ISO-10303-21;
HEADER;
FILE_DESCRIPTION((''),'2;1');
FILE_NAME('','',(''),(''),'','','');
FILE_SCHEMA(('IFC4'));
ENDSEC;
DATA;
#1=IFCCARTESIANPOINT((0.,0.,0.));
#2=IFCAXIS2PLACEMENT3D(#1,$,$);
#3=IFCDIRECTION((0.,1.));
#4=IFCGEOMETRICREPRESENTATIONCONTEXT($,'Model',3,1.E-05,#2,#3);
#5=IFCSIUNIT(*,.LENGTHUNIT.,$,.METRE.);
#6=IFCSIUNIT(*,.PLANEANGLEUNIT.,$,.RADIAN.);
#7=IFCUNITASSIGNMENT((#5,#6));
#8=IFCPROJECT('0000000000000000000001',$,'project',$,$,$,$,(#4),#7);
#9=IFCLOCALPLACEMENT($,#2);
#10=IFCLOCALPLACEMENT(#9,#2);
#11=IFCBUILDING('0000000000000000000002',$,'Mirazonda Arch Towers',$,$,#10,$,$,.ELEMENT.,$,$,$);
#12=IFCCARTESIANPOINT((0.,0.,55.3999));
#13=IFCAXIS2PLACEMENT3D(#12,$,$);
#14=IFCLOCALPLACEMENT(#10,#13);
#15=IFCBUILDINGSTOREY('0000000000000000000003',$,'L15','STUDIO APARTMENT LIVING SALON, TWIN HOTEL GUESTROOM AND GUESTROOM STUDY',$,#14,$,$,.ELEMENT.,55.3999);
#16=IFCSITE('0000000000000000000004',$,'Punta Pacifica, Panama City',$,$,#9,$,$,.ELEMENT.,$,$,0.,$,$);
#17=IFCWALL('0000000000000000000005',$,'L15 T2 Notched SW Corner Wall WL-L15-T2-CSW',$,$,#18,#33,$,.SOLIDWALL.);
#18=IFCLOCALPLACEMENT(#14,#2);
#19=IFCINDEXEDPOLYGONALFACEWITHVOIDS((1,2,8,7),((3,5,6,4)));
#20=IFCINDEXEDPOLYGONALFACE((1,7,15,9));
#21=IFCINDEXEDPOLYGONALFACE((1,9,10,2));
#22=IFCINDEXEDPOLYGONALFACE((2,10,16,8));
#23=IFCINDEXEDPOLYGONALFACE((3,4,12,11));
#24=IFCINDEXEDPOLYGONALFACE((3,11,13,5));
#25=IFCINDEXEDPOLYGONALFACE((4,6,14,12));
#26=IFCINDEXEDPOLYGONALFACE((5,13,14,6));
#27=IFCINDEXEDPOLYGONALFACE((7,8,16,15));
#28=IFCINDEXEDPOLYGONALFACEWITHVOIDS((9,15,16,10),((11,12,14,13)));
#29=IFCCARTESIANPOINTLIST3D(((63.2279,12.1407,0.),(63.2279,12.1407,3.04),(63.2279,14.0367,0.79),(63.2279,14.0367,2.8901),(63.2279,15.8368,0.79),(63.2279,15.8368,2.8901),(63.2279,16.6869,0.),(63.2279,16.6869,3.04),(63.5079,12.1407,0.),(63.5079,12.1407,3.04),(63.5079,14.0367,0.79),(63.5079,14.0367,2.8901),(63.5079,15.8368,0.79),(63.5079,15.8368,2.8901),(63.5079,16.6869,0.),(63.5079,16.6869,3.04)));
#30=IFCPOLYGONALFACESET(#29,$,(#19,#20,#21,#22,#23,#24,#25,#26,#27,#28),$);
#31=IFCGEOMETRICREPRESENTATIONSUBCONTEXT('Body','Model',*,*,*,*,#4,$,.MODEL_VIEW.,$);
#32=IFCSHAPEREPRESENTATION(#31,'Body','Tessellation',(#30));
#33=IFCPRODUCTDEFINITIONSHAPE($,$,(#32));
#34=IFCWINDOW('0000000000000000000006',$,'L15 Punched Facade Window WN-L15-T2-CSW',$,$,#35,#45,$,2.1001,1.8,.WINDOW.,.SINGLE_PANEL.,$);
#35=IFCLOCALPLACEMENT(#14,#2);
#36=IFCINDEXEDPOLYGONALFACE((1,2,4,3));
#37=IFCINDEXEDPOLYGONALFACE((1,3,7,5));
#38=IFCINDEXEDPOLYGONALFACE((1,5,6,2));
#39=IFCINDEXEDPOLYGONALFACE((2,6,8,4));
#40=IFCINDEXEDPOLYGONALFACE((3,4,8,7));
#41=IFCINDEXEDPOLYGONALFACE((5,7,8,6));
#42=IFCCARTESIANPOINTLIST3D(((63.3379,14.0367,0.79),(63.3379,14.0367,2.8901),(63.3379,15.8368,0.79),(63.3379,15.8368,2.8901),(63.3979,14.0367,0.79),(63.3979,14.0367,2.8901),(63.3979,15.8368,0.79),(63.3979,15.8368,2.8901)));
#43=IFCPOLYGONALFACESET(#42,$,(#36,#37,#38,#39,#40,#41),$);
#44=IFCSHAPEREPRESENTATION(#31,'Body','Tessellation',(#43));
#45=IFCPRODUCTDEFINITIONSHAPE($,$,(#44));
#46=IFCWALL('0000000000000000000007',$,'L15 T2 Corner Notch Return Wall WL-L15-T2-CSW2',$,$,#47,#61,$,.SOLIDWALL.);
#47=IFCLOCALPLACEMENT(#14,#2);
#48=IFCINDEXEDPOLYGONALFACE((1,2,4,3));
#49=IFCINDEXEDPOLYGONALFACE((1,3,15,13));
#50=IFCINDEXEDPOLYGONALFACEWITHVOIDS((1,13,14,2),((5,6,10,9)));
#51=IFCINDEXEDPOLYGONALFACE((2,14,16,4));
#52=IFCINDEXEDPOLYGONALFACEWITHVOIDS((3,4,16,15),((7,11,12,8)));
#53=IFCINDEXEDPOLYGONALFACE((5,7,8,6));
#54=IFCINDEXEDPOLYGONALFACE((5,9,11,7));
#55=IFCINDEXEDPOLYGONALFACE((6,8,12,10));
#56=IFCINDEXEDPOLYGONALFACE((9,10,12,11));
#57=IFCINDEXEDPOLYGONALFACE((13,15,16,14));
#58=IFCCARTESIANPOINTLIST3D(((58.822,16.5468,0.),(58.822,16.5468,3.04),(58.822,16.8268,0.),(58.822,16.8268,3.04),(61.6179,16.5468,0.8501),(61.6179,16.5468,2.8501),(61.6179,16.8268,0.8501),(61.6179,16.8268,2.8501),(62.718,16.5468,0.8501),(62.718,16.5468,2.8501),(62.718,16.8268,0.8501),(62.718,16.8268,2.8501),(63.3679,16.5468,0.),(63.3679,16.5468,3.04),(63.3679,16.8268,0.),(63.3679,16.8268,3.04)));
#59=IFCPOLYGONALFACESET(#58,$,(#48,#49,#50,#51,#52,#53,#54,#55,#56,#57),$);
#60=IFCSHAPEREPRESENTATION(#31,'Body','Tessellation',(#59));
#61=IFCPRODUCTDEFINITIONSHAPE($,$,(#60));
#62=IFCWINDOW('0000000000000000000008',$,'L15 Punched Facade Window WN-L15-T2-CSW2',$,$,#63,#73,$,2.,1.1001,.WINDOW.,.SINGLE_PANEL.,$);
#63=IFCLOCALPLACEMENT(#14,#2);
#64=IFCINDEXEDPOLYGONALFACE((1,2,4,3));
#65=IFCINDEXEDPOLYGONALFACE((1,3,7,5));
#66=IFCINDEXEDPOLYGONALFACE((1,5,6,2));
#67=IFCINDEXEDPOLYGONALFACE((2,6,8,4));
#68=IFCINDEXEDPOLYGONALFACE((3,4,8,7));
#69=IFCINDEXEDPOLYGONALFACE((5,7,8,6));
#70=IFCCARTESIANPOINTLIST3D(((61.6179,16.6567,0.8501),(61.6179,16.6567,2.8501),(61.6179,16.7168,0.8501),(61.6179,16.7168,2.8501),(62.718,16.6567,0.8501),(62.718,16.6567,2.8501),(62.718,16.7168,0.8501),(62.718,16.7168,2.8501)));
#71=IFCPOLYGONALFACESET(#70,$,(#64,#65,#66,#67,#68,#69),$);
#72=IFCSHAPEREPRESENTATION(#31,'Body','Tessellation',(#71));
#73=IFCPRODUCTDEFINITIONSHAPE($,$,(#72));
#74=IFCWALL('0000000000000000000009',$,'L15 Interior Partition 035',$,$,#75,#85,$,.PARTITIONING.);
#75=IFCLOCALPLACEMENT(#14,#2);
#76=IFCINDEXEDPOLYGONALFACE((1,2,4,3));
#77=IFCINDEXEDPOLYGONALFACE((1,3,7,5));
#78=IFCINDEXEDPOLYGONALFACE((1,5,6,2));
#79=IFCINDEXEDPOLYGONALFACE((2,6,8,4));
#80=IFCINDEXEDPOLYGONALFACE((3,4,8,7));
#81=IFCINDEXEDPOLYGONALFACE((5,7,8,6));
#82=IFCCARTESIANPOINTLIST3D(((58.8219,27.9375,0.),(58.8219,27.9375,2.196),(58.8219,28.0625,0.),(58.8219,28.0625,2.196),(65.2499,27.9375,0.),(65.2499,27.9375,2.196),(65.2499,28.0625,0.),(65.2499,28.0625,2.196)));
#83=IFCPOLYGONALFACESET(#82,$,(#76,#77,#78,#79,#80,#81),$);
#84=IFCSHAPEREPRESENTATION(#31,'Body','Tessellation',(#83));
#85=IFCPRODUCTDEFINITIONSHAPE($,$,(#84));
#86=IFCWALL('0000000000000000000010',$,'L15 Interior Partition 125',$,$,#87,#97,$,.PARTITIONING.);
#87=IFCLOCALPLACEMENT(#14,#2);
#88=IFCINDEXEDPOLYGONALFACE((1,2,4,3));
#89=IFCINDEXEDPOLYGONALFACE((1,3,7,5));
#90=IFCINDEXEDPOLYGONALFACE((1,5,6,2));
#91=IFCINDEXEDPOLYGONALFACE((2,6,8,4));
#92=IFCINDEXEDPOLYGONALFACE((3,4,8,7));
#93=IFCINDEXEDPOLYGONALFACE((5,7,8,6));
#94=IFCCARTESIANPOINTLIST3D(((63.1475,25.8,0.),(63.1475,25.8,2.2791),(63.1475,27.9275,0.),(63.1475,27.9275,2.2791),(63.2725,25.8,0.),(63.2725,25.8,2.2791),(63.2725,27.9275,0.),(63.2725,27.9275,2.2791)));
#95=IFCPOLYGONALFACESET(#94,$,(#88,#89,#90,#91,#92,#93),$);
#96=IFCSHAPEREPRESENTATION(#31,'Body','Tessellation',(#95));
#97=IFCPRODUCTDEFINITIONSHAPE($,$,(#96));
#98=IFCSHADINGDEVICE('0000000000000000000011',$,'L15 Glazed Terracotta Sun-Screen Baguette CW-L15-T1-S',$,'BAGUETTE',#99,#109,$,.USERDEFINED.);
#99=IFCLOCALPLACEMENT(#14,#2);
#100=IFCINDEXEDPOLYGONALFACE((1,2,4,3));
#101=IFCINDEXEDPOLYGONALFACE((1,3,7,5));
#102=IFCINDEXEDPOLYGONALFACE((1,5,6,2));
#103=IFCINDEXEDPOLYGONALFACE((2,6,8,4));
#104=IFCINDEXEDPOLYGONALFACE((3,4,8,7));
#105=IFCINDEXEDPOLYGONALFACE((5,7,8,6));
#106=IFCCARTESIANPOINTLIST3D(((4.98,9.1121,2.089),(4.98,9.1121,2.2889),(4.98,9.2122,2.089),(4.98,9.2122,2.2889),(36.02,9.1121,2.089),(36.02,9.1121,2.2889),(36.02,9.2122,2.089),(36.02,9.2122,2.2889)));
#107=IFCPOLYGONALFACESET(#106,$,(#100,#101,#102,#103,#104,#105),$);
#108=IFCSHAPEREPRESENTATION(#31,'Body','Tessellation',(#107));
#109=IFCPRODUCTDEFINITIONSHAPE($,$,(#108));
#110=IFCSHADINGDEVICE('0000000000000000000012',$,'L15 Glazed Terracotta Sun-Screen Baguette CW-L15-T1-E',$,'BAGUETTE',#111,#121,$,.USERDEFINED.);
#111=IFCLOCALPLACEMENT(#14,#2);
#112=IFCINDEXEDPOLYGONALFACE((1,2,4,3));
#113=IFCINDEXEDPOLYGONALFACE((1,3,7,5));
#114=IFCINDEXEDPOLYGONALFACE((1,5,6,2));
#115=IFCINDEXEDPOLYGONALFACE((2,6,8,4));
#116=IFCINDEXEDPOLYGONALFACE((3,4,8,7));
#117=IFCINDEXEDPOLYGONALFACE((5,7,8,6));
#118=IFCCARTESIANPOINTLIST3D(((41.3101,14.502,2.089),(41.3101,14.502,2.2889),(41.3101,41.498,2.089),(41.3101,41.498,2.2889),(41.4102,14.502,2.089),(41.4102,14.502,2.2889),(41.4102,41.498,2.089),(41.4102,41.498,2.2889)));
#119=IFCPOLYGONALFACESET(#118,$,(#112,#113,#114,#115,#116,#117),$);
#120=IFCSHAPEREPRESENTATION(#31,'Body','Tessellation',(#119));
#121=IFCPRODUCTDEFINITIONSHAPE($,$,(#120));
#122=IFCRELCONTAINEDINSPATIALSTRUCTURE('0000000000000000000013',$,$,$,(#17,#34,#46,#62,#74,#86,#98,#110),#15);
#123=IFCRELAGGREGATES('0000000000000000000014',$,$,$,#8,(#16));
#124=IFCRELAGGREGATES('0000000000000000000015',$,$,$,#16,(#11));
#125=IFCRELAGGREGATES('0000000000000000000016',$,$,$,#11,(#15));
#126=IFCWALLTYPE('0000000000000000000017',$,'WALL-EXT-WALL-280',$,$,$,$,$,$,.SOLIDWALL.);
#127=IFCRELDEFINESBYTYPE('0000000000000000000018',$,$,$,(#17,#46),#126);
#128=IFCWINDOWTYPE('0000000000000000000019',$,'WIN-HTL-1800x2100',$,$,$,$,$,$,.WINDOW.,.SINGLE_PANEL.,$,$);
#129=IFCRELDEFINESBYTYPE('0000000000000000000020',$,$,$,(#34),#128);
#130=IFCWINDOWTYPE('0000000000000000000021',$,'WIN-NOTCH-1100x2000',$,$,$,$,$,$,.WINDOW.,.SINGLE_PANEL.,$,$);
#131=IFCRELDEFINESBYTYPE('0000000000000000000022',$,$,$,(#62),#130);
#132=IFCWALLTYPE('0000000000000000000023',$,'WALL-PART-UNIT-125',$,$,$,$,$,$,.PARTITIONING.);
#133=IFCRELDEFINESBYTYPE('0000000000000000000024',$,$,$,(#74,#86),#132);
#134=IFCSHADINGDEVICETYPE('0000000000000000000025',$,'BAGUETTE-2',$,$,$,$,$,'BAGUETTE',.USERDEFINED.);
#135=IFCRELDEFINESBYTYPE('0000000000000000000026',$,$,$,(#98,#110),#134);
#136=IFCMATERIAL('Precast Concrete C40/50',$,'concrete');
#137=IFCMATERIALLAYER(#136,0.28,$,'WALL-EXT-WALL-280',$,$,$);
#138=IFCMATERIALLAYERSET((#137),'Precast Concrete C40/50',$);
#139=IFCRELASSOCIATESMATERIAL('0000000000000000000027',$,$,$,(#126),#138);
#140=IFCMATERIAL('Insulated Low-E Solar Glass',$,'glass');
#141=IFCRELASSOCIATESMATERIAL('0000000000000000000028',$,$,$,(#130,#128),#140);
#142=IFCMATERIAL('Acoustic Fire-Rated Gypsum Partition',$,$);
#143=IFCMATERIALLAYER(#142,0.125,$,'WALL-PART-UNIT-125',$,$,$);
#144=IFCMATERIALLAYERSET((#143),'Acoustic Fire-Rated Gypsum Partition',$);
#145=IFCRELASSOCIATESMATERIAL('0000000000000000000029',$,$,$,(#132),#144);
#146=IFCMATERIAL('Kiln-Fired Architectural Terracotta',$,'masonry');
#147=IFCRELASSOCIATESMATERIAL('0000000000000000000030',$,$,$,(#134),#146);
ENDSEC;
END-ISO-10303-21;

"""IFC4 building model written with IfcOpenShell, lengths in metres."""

from ifc_helpers import new_model, si_unit, direction, frame, frame_2d, origin, origin_2d, place, context, subcontext, project, spatial, rectangle, extrude, material, layer, layer_set, material_profile, profile_set, type_object, element, fill, save


model = new_model("IFC4")

# Units and contexts
model_context = context("Model", 3, precision=1e-05, world=origin(), true_north=direction((0.0, 1.0)))
body_context = subcontext(model_context, "Body", "Model", "MODEL_VIEW")
ifc_project = project(units=[si_unit("LENGTHUNIT", "METRE"), si_unit("PLANEANGLEUNIT", "RADIAN")], contexts=[model_context])

# Site, building, storey
site_placement = place(None, origin())
site = spatial("IfcSite", under=ifc_project, at=site_placement, Name="Punta Pacifica, Panama City", CompositionType="ELEMENT", RefElevation=0.0)
building_placement = place(site_placement, origin())
building = spatial("IfcBuilding", under=site, at=building_placement, Name="Mirazonda Arch Towers", CompositionType="ELEMENT")
storey_placement = place(building_placement, frame((0.0, 0.0, 55.3999)))
storey = spatial("IfcBuildingStorey", under=building, at=storey_placement, Name="L15", Description="STUDIO APARTMENT LIVING SALON, TWIN HOTEL GUESTROOM AND GUESTROOM STUDY", CompositionType="ELEMENT", Elevation=55.3999)

# Shared definitions
ifc_material_1 = material(Name="Insulated Low-E Solar Glass", Category="glass")

# Shared definitions
ifc_material_2 = material(Name="Precast Concrete C40/50", Category="concrete")
ifc_layer_1 = layer(ifc_material_2, 0.28, Name="WALL-EXT-WALL-280")
ifc_layer_set_1 = layer_set([ifc_layer_1], Name="Precast Concrete C40/50")
wall_type_1 = type_object("IfcWallType", Name="WALL-EXT-WALL-280", PredefinedType="SOLIDWALL", material=ifc_layer_set_1)
window_type_1 = type_object("IfcWindowType", Name="WIN-NOTCH-1100x2000", PartitioningType="SINGLE_PANEL", PredefinedType="WINDOW", material=ifc_material_1)

# Walls, openings, windows
wall_1_placement = place(storey_placement, frame((63.3679, 16.6868, 0.0), z_axis=(0.0, 0.0, 1.0), x_axis=(0.0, -1.0, 0.0)))
wall_1 = element("IfcWall", 1, at=wall_1_placement, inside=storey, type_object=wall_type_1, Name="L15 T2 Notched SW Corner Wall WL-L15-T2-CSW", PredefinedType="SOLIDWALL", context=body_context, shape_type="SweptSolid", body=[
    extrude(rectangle(XDim=4.5461, YDim=0.28, at=frame_2d((2.2729, 0.0))), origin(), (0.0, 0.0, 1.0), 3.04),
])
opening_1_placement = place(wall_1_placement, frame((0.8501, 0.0, 0.79)))
opening_1 = element("IfcOpeningElement", 2, at=opening_1_placement, cuts=wall_1, PredefinedType="OPENING", context=body_context, shape_type="SweptSolid", body=[
    extrude(rectangle(XDim=1.8, YDim=2.1001, at=frame_2d((0.8999, 1.05))), frame((0.0, 0.1499, 0.0), z_axis=(0.0, -1.0, 0.0), x_axis=(1.0, 0.0, 0.0)), (0.0, 0.0, 1.0), 0.3),
])
window_type_2 = type_object("IfcWindowType", Name="WIN-HTL-1800x2100", PartitioningType="SINGLE_PANEL", PredefinedType="WINDOW", material=ifc_material_1)
window_1_placement = place(opening_1_placement, origin())
window_1 = element("IfcWindow", 3, at=window_1_placement, inside=storey, type_object=window_type_2, Name="L15 Punched Facade Window WN-L15-T2-CSW", OverallHeight=2.1001, OverallWidth=1.8, PartitioningType="SINGLE_PANEL", PredefinedType="WINDOW", context=body_context, shape_type="SweptSolid", body=[
    extrude(rectangle(XDim=1.8, YDim=2.1001, at=frame_2d((0.8999, 1.05))), frame((0.0, 0.03, 0.0), z_axis=(0.0, -1.0, 0.0), x_axis=(1.0, 0.0, 0.0)), (0.0, 0.0, 1.0), 0.0601),
])
fill(opening_1, window_1)
wall_2_placement = place(storey_placement, frame((58.822, 16.6868, 0.0), z_axis=(0.0, 0.0, 1.0), x_axis=(1.0, 0.0, 0.0)))
wall_2 = element("IfcWall", 4, at=wall_2_placement, inside=storey, type_object=wall_type_1, Name="L15 T2 Corner Notch Return Wall WL-L15-T2-CSW2", PredefinedType="SOLIDWALL", context=body_context, shape_type="SweptSolid", body=[
    extrude(rectangle(XDim=4.5459, YDim=0.28, at=frame_2d((2.2729, 0.0))), origin(), (0.0, 0.0, 1.0), 3.04),
])
opening_2_placement = place(wall_2_placement, frame((2.7959, 0.0, 0.8501)))
opening_2 = element("IfcOpeningElement", 5, at=opening_2_placement, cuts=wall_2, PredefinedType="OPENING", context=body_context, shape_type="SweptSolid", body=[
    extrude(rectangle(XDim=1.1001, YDim=2.0, at=frame_2d((0.55, 1.0))), frame((0.0, 0.1499, 0.0), z_axis=(0.0, -1.0, 0.0), x_axis=(1.0, 0.0, 0.0)), (0.0, 0.0, 1.0), 0.3),
])
window_2_placement = place(opening_2_placement, origin())
window_2 = element("IfcWindow", 6, at=window_2_placement, inside=storey, type_object=window_type_1, Name="L15 Punched Facade Window WN-L15-T2-CSW2", OverallHeight=2.0, OverallWidth=1.1001, PartitioningType="SINGLE_PANEL", PredefinedType="WINDOW", context=body_context, shape_type="SweptSolid", body=[
    extrude(rectangle(XDim=1.1001, YDim=2.0, at=frame_2d((0.55, 1.0))), frame((0.0, 0.03, 0.0), z_axis=(0.0, -1.0, 0.0), x_axis=(1.0, 0.0, 0.0)), (0.0, 0.0, 1.0), 0.0601),
])
fill(opening_2, window_2)

# Walls
ifc_material_3 = material(Name="Acoustic Fire-Rated Gypsum Partition")
ifc_layer_2 = layer(ifc_material_3, 0.125, Name="WALL-PART-UNIT-125")
ifc_layer_set_2 = layer_set([ifc_layer_2], Name="Acoustic Fire-Rated Gypsum Partition")
wall_type_2 = type_object("IfcWallType", Name="WALL-PART-UNIT-125", PredefinedType="PARTITIONING", material=ifc_layer_set_2)
wall_3_placement = place(storey_placement, frame((58.822, 28.0, 0.0), z_axis=(0.0, 0.0, 1.0), x_axis=(1.0, 0.0, 0.0)))
element("IfcWall", 7, at=wall_3_placement, inside=storey, type_object=wall_type_2, Name="L15 Interior Partition 035", PredefinedType="PARTITIONING", context=body_context, shape_type="SweptSolid", body=[
    extrude(rectangle(XDim=6.428, YDim=0.125, at=frame_2d((3.2139, 0.0))), origin(), (0.0, 0.0, 1.0), 2.196),
])
wall_4_placement = place(storey_placement, frame((63.21, 25.8, 0.0), z_axis=(0.0, 0.0, 1.0), x_axis=(0.0, 1.0, 0.0)))
element("IfcWall", 8, at=wall_4_placement, inside=storey, type_object=wall_type_2, Name="L15 Interior Partition 125", PredefinedType="PARTITIONING", context=body_context, shape_type="SweptSolid", body=[
    extrude(rectangle(XDim=2.1274, YDim=0.125, at=frame_2d((1.0637, 0.0))), origin(), (0.0, 0.0, 1.0), 2.2791),
])

# Shading devices
ifc_material_4 = material(Name="Kiln-Fired Architectural Terracotta", Category="masonry")
ifc_material_profile_1 = material_profile(ifc_material_4, rectangle(XDim=0.1001, YDim=0.2, at=origin_2d()), Name="TERRA-BAG-100x200")
ifc_profile_set_1 = profile_set([ifc_material_profile_1], Name="Kiln-Fired Architectural Terracotta")
shading_device_type = type_object("IfcShadingDeviceType", Name="BAGUETTE-2", ElementType="BAGUETTE", PredefinedType="USERDEFINED", material=ifc_profile_set_1)
shading_device_1_placement = place(storey_placement, frame((36.02, 9.1621, 2.189), z_axis=(-1.0, 0.0, 0.0), x_axis=(0.0, -1.0, 0.0)))
element("IfcShadingDevice", 9, at=shading_device_1_placement, inside=storey, type_object=shading_device_type, Name="L15 Glazed Terracotta Sun-Screen Baguette CW-L15-T1-S", ObjectType="BAGUETTE", PredefinedType="USERDEFINED", context=body_context, shape_type="SweptSolid", body=[
    extrude(rectangle(XDim=0.1001, YDim=0.2, at=origin_2d()), origin(), (0.0, 0.0, 1.0), 31.04),
])
shading_device_2_placement = place(storey_placement, frame((41.3601, 14.502, 2.189), z_axis=(0.0, 1.0, 0.0), x_axis=(-1.0, 0.0, 0.0)))
element("IfcShadingDevice", 10, at=shading_device_2_placement, inside=storey, type_object=shading_device_type, Name="L15 Glazed Terracotta Sun-Screen Baguette CW-L15-T1-E", ObjectType="BAGUETTE", PredefinedType="USERDEFINED", context=body_context, shape_type="SweptSolid", body=[
    extrude(rectangle(XDim=0.1001, YDim=0.2, at=origin_2d()), origin(), (0.0, 0.0, 1.0), 26.9961),
])

save(model, "model.ifc")
